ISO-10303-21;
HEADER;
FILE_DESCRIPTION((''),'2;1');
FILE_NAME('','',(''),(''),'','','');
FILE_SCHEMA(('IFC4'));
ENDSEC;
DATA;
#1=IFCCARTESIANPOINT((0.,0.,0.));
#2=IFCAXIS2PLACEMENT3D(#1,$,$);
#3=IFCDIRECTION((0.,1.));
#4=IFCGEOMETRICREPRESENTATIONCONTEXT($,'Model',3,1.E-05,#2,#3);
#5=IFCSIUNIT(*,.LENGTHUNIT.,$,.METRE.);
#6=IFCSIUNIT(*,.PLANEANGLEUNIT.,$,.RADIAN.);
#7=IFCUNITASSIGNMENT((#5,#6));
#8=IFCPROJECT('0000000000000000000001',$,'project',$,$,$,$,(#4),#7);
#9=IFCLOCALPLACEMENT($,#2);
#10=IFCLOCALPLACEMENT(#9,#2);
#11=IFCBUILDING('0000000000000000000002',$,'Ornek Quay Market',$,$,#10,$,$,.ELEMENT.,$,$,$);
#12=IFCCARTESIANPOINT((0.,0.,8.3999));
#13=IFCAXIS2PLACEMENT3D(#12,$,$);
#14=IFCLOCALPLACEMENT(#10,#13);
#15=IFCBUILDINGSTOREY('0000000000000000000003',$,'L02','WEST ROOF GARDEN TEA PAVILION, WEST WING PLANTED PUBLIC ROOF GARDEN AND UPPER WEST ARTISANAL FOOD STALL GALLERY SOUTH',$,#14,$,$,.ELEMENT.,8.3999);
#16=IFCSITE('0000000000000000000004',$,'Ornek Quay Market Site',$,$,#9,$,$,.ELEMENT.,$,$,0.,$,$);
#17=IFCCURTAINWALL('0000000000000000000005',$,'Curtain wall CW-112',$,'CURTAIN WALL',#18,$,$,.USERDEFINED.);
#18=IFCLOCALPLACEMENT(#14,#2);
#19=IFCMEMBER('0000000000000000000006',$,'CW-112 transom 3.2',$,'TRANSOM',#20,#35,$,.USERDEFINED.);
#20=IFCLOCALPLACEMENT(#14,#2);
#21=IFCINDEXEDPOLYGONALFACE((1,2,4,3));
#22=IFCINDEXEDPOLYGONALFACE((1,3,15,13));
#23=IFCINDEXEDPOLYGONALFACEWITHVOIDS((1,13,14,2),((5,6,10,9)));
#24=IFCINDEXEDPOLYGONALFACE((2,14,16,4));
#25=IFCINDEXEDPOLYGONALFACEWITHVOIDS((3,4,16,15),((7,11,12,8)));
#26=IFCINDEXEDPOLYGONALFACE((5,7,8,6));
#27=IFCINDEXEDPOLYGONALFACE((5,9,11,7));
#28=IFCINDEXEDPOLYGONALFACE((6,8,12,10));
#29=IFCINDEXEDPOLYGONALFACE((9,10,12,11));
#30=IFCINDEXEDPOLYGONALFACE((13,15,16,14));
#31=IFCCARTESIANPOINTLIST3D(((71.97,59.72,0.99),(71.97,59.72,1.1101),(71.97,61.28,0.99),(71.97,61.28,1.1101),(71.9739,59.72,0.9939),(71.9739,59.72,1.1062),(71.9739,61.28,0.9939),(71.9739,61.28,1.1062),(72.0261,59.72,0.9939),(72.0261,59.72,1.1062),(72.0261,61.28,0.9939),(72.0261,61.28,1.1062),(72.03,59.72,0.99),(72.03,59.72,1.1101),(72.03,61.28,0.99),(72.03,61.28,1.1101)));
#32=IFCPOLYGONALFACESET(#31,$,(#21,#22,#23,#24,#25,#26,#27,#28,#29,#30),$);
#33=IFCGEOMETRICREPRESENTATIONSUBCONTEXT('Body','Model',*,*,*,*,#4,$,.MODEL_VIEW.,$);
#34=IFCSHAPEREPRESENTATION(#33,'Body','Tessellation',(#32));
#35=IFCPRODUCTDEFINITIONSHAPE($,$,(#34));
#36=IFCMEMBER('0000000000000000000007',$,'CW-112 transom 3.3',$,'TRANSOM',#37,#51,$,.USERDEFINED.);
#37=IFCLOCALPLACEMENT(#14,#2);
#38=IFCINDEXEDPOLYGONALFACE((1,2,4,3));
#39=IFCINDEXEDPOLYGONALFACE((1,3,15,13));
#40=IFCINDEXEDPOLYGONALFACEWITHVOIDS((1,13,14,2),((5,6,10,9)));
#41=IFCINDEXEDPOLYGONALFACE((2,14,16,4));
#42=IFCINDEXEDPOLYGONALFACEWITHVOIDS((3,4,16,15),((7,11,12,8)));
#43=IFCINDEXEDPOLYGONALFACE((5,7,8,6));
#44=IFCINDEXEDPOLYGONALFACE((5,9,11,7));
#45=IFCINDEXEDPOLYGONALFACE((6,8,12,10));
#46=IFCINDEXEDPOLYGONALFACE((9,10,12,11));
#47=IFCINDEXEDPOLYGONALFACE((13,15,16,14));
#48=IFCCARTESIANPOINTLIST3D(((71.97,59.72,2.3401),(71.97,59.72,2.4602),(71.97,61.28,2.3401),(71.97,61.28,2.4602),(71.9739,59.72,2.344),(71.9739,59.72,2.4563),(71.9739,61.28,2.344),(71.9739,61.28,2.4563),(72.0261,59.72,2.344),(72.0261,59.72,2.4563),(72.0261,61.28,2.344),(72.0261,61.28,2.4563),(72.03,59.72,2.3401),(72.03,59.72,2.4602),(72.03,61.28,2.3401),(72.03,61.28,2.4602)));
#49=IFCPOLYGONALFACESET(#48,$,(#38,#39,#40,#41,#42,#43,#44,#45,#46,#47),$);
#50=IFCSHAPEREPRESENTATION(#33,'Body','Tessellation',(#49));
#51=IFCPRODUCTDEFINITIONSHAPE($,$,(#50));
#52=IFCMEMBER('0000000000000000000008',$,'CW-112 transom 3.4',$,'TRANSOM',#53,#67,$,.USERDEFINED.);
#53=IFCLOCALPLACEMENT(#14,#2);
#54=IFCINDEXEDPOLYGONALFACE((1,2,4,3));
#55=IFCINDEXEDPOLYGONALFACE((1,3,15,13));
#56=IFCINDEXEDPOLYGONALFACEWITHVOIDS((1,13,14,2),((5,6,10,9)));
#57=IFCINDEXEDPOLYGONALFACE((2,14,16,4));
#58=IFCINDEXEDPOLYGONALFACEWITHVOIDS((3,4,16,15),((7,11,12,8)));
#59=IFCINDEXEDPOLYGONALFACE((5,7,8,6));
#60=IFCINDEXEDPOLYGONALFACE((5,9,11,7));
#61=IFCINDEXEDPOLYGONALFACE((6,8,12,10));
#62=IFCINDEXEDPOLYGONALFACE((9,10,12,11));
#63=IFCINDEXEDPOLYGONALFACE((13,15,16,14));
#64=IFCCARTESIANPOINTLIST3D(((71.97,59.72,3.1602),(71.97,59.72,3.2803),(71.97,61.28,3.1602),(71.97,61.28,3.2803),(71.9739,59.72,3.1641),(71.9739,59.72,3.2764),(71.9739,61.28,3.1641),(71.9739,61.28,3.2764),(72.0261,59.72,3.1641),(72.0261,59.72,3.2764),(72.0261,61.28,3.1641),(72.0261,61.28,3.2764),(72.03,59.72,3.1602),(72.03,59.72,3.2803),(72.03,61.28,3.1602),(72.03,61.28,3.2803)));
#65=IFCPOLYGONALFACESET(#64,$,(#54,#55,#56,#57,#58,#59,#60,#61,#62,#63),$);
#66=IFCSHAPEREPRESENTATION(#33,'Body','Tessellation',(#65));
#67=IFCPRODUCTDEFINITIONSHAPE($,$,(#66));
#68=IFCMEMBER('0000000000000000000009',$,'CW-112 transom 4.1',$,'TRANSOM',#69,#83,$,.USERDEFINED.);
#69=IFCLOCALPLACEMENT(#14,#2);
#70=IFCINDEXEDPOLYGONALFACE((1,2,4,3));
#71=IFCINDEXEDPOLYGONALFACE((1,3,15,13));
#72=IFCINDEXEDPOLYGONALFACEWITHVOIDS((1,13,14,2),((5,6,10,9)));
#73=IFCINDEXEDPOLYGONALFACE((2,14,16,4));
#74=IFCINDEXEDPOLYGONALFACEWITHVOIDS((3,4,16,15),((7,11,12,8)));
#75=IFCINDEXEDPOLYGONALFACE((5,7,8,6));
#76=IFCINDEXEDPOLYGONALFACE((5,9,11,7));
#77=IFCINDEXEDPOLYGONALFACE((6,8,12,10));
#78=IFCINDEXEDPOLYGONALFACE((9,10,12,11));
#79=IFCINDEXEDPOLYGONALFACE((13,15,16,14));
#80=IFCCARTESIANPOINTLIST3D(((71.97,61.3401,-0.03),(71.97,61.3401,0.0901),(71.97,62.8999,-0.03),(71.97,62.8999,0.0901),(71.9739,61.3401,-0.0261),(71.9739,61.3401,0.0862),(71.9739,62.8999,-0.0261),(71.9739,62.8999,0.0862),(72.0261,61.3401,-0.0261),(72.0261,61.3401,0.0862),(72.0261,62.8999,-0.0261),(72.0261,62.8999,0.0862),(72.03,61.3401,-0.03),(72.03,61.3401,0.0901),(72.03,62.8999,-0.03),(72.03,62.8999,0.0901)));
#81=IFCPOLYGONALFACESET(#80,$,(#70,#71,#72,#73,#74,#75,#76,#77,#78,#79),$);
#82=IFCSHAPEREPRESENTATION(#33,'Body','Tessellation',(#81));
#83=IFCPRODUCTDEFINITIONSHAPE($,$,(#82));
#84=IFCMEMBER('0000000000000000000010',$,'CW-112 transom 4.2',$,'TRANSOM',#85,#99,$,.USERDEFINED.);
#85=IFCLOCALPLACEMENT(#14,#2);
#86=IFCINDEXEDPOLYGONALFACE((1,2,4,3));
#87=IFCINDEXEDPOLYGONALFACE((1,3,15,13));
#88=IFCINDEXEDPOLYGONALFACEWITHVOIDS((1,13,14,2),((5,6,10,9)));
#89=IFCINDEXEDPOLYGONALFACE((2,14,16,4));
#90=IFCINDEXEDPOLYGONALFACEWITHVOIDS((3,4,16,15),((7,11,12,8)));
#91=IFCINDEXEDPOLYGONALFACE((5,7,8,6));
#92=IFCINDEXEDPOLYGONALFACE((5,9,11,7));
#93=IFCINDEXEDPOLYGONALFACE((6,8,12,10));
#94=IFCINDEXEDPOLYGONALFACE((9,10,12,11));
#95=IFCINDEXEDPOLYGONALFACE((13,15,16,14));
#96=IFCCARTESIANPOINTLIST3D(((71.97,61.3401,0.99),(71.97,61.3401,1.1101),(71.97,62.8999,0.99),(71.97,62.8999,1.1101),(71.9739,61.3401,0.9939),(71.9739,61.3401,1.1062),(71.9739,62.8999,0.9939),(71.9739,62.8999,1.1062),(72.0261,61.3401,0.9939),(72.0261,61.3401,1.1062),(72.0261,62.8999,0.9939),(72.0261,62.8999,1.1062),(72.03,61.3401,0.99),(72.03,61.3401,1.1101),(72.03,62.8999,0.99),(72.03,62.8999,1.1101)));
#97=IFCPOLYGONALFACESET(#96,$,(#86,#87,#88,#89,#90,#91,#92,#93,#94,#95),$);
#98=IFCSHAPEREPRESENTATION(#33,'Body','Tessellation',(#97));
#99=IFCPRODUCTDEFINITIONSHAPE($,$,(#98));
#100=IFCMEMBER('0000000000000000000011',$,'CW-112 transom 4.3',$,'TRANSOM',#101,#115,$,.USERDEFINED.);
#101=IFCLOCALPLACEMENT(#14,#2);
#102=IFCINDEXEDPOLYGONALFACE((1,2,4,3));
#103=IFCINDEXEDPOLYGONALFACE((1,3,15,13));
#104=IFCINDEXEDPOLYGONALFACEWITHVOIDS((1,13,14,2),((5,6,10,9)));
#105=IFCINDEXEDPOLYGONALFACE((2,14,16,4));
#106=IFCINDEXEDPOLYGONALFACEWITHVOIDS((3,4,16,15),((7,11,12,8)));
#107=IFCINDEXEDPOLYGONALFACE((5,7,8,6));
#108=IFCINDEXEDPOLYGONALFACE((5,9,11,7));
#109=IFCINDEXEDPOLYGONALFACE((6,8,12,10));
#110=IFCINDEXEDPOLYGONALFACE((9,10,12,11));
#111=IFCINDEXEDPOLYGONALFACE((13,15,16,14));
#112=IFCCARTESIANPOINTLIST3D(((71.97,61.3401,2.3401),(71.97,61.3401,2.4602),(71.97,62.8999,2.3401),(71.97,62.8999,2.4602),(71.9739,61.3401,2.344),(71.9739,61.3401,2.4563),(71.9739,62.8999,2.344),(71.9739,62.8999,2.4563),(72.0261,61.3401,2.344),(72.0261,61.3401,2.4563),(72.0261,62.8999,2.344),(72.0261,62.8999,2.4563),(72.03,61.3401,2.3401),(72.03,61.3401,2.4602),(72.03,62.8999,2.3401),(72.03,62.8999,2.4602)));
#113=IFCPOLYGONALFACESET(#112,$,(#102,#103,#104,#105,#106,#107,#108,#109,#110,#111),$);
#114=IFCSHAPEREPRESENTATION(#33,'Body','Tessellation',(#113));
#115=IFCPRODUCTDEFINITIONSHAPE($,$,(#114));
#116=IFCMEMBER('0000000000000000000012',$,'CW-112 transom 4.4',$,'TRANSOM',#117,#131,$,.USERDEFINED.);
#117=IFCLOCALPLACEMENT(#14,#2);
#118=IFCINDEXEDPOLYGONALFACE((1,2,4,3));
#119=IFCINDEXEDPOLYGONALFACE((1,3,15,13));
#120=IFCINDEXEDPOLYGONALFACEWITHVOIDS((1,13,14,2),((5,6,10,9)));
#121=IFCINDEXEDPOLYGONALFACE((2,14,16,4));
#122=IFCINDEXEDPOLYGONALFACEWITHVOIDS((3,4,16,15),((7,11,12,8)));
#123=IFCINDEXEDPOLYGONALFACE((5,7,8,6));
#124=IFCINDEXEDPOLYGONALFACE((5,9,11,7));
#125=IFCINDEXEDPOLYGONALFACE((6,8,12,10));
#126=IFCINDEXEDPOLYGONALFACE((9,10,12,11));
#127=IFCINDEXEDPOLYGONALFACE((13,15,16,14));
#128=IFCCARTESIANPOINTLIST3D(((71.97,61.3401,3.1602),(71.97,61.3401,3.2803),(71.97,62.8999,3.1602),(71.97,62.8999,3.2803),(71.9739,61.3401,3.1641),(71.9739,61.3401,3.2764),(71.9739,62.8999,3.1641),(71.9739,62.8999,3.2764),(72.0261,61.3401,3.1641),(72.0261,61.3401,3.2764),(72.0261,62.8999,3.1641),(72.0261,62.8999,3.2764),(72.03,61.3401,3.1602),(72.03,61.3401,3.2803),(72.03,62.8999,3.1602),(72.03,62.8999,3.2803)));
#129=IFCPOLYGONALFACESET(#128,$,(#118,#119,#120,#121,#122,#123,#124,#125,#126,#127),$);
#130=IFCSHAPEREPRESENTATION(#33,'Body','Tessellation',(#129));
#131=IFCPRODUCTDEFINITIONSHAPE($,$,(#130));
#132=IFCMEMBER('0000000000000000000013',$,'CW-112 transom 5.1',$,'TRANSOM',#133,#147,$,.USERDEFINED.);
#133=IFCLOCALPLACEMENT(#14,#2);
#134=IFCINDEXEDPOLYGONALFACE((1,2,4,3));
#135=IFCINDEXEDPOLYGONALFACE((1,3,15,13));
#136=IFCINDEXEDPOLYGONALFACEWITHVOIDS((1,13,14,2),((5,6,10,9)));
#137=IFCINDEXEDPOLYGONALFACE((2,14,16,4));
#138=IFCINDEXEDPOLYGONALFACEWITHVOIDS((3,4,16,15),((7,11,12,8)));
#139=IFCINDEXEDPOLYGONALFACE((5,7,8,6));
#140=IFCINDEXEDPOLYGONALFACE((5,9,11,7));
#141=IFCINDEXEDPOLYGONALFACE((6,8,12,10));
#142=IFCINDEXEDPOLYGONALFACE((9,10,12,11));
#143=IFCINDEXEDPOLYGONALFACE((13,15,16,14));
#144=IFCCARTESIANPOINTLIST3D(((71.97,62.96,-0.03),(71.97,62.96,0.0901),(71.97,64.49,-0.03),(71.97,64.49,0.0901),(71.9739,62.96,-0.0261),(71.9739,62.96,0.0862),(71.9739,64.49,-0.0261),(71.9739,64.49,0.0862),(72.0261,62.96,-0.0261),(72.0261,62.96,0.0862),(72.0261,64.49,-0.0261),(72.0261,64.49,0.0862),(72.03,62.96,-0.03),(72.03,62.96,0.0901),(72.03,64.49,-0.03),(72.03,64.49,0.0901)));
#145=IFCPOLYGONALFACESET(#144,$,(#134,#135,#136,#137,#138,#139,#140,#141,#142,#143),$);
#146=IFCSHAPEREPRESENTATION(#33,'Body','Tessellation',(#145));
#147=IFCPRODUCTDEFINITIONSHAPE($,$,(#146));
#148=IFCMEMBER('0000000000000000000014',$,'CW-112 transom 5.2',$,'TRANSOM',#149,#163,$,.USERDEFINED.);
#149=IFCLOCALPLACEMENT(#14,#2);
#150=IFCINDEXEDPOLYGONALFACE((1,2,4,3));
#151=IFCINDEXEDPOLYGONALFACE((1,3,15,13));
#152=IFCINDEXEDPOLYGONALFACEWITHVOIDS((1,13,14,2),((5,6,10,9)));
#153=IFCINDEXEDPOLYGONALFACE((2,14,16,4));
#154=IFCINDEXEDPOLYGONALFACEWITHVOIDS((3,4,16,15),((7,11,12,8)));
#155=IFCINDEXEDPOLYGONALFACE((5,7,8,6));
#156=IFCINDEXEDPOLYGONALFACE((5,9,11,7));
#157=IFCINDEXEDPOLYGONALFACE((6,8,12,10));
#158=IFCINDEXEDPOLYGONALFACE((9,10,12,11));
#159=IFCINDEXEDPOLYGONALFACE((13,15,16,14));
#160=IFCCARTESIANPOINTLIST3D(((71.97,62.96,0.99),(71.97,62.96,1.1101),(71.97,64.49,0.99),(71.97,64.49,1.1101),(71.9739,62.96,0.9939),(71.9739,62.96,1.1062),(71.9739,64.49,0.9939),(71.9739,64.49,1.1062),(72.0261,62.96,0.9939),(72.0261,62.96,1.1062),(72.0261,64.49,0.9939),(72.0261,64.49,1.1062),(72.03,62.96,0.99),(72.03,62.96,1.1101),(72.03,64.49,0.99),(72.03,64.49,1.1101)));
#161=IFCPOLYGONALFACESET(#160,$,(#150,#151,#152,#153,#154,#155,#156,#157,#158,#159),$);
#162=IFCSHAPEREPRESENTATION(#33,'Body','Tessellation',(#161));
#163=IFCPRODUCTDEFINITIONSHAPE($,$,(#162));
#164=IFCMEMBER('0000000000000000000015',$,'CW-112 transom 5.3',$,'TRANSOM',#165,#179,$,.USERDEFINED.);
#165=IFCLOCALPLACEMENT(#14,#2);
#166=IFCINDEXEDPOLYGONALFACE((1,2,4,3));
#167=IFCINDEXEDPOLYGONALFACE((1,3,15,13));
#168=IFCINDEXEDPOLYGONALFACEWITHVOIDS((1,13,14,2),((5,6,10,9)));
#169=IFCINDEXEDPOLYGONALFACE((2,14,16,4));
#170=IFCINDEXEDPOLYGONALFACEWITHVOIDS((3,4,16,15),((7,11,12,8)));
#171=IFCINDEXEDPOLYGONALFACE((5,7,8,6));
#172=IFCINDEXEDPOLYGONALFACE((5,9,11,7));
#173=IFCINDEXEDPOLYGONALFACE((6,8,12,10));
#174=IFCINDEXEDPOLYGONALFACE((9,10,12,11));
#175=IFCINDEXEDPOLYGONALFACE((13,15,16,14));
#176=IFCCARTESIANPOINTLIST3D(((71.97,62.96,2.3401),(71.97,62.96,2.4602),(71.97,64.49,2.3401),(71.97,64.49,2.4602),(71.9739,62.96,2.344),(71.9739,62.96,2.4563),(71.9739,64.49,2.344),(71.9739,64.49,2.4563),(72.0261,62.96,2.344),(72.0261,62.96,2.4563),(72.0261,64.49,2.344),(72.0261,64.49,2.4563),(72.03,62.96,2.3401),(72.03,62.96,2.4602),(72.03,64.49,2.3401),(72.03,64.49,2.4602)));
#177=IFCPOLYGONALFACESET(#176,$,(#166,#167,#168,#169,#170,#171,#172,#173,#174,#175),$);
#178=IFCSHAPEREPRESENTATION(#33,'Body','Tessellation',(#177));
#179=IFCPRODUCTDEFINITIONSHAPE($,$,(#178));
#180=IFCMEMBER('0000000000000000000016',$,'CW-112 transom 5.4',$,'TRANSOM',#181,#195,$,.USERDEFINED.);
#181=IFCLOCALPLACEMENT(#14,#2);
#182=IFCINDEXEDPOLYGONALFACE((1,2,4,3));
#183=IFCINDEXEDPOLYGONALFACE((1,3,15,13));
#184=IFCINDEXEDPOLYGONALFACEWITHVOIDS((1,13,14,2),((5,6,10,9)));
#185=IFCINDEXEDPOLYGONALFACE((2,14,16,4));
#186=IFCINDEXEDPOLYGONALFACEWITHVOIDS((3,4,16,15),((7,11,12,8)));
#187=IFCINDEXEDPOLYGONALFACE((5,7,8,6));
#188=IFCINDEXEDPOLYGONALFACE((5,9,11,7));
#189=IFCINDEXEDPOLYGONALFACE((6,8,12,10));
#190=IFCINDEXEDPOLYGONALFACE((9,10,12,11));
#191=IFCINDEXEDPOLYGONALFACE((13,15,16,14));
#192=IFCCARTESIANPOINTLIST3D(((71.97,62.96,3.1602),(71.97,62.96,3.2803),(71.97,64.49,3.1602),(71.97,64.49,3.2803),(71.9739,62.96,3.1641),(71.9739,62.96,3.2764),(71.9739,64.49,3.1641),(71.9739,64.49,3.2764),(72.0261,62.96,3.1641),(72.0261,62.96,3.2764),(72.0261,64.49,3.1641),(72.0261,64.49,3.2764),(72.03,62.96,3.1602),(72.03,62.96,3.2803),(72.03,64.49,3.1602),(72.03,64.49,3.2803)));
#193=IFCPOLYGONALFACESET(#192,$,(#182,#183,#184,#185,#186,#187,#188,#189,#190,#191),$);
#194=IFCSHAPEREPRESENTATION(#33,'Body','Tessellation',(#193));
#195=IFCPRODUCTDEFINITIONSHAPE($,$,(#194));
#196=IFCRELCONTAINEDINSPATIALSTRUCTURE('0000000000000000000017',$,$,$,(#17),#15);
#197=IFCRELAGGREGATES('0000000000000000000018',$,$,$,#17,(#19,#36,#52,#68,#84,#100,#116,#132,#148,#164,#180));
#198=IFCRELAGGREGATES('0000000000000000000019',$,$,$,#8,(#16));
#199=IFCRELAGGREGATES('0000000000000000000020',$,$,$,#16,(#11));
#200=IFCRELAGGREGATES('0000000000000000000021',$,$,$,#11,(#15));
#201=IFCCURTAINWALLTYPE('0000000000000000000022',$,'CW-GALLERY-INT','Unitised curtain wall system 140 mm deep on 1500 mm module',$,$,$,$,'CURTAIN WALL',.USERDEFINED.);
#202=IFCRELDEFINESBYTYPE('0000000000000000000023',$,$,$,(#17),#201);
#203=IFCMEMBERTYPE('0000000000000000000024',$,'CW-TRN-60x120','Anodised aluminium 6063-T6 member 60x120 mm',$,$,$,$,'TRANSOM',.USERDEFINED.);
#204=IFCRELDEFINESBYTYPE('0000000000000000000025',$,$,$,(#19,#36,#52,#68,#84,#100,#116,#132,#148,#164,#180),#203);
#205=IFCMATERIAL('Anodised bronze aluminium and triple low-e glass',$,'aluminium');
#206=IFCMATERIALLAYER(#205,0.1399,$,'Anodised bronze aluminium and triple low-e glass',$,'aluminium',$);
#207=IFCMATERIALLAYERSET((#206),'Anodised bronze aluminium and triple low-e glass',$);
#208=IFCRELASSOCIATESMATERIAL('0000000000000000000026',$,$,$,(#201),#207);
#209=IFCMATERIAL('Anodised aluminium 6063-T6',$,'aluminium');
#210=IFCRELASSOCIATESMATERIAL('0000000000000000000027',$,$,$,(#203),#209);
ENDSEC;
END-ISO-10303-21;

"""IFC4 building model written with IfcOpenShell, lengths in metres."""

from ifc_helpers import new_model, si_unit, direction, frame, origin, origin_2d, place, context, subcontext, project, spatial, hollow_rectangle, extrude, material, layer, layer_set, material_profile, profile_set, type_object, element, aggregate, save


model = new_model("IFC4")

# Units and contexts
model_context = context("Model", 3, precision=1e-05, world=origin(), true_north=direction((0.0, 1.0)))
body_context = subcontext(model_context, "Body", "Model", "MODEL_VIEW")
ifc_project = project(units=[si_unit("LENGTHUNIT", "METRE"), si_unit("PLANEANGLEUNIT", "RADIAN")], contexts=[model_context])

# Site, building, storey
site_placement = place(None, origin())
site = spatial("IfcSite", under=ifc_project, at=site_placement, Name="Ornek Quay Market Site", CompositionType="ELEMENT", RefElevation=0.0)
building_placement = place(site_placement, origin())
building = spatial("IfcBuilding", under=site, at=building_placement, Name="Ornek Quay Market", CompositionType="ELEMENT")
storey_placement = place(building_placement, frame((0.0, 0.0, 8.3999)))
storey = spatial("IfcBuildingStorey", under=building, at=storey_placement, Name="L02", Description="WEST ROOF GARDEN TEA PAVILION, WEST WING PLANTED PUBLIC ROOF GARDEN AND UPPER WEST ARTISANAL FOOD STALL GALLERY SOUTH", CompositionType="ELEMENT", Elevation=8.3999)

# Curtain wall, members
ifc_material_1 = material(Name="Anodised bronze aluminium and triple low-e glass", Category="aluminium")
ifc_layer_1 = layer(ifc_material_1, 0.1399, Name="Anodised bronze aluminium and triple low-e glass", Category="aluminium")
ifc_layer_set_1 = layer_set([ifc_layer_1], Name="Anodised bronze aluminium and triple low-e glass")
curtain_wall_type = type_object("IfcCurtainWallType", Name="CW-GALLERY-INT", Description="Unitised curtain wall system 140 mm deep on 1500 mm module", ElementType="CURTAIN WALL", PredefinedType="USERDEFINED", material=ifc_layer_set_1)
curtain_wall_placement = place(storey_placement, origin())
curtain_wall = element("IfcCurtainWall", 1, at=curtain_wall_placement, inside=storey, type_object=curtain_wall_type, Name="Curtain wall CW-112", ObjectType="CURTAIN WALL", PredefinedType="USERDEFINED")
ifc_material_2 = material(Name="Anodised aluminium 6063-T6", Category="aluminium")
ifc_material_profile_1 = material_profile(ifc_material_2, hollow_rectangle(XDim=0.0601, YDim=0.1201, WallThickness=0.0039, at=origin_2d()), Name="CW-TRN-60x120", Category="aluminium")
ifc_profile_set_1 = profile_set([ifc_material_profile_1], Name="Anodised aluminium 6063-T6")
member_type_1 = type_object("IfcMemberType", Name="CW-TRN-60x120", Description="Anodised aluminium 6063-T6 member 60x120 mm", ElementType="TRANSOM", PredefinedType="USERDEFINED", material=ifc_profile_set_1)
member_1_placement = place(storey_placement, frame((72.0, 59.72, 1.05), z_axis=(0.0, 1.0, 0.0), x_axis=(-1.0, 0.0, 0.0)))
member_1 = element("IfcMember", 2, at=member_1_placement, type_object=member_type_1, Name="CW-112 transom 3.2", ObjectType="TRANSOM", PredefinedType="USERDEFINED", context=body_context, shape_type="SweptSolid", body=[
    extrude(hollow_rectangle(XDim=0.0601, YDim=0.1201, WallThickness=0.0039, at=origin_2d()), origin(), (0.0, 0.0, 1.0), 1.5601),
])
member_2_placement = place(storey_placement, frame((72.0, 59.72, 2.4001), z_axis=(0.0, 1.0, 0.0), x_axis=(-1.0, 0.0, 0.0)))
member_2 = element("IfcMember", 3, at=member_2_placement, type_object=member_type_1, Name="CW-112 transom 3.3", ObjectType="TRANSOM", PredefinedType="USERDEFINED", context=body_context, shape_type="SweptSolid", body=[
    extrude(hollow_rectangle(XDim=0.0601, YDim=0.1201, WallThickness=0.0039, at=origin_2d()), origin(), (0.0, 0.0, 1.0), 1.5601),
])
member_3_placement = place(storey_placement, frame((72.0, 59.72, 3.2202), z_axis=(0.0, 1.0, 0.0), x_axis=(-1.0, 0.0, 0.0)))
member_3 = element("IfcMember", 4, at=member_3_placement, type_object=member_type_1, Name="CW-112 transom 3.4", ObjectType="TRANSOM", PredefinedType="USERDEFINED", context=body_context, shape_type="SweptSolid", body=[
    extrude(hollow_rectangle(XDim=0.0601, YDim=0.1201, WallThickness=0.0039, at=origin_2d()), origin(), (0.0, 0.0, 1.0), 1.5601),
])
member_4_placement = place(storey_placement, frame((72.0, 61.3401, 0.03), z_axis=(0.0, 1.0, 0.0), x_axis=(-1.0, 0.0, 0.0)))
member_4 = element("IfcMember", 5, at=member_4_placement, type_object=member_type_1, Name="CW-112 transom 4.1", ObjectType="TRANSOM", PredefinedType="USERDEFINED", context=body_context, shape_type="SweptSolid", body=[
    extrude(hollow_rectangle(XDim=0.0601, YDim=0.1201, WallThickness=0.0039, at=origin_2d()), origin(), (0.0, 0.0, 1.0), 1.5598),
])
member_5_placement = place(storey_placement, frame((72.0, 61.3401, 1.05), z_axis=(0.0, 1.0, 0.0), x_axis=(-1.0, 0.0, 0.0)))
member_5 = element("IfcMember", 6, at=member_5_placement, type_object=member_type_1, Name="CW-112 transom 4.2", ObjectType="TRANSOM", PredefinedType="USERDEFINED", context=body_context, shape_type="SweptSolid", body=[
    extrude(hollow_rectangle(XDim=0.0601, YDim=0.1201, WallThickness=0.0039, at=origin_2d()), origin(), (0.0, 0.0, 1.0), 1.5598),
])
member_6_placement = place(storey_placement, frame((72.0, 61.3401, 2.4001), z_axis=(0.0, 1.0, 0.0), x_axis=(-1.0, 0.0, 0.0)))
member_6 = element("IfcMember", 7, at=member_6_placement, type_object=member_type_1, Name="CW-112 transom 4.3", ObjectType="TRANSOM", PredefinedType="USERDEFINED", context=body_context, shape_type="SweptSolid", body=[
    extrude(hollow_rectangle(XDim=0.0601, YDim=0.1201, WallThickness=0.0039, at=origin_2d()), origin(), (0.0, 0.0, 1.0), 1.5598),
])
member_7_placement = place(storey_placement, frame((72.0, 61.3401, 3.2202), z_axis=(0.0, 1.0, 0.0), x_axis=(-1.0, 0.0, 0.0)))
member_7 = element("IfcMember", 8, at=member_7_placement, type_object=member_type_1, Name="CW-112 transom 4.4", ObjectType="TRANSOM", PredefinedType="USERDEFINED", context=body_context, shape_type="SweptSolid", body=[
    extrude(hollow_rectangle(XDim=0.0601, YDim=0.1201, WallThickness=0.0039, at=origin_2d()), origin(), (0.0, 0.0, 1.0), 1.5598),
])
member_8_placement = place(storey_placement, frame((72.0, 62.96, 0.03), z_axis=(0.0, 1.0, 0.0), x_axis=(-1.0, 0.0, 0.0)))
member_8 = element("IfcMember", 9, at=member_8_placement, type_object=member_type_1, Name="CW-112 transom 5.1", ObjectType="TRANSOM", PredefinedType="USERDEFINED", context=body_context, shape_type="SweptSolid", body=[
    extrude(hollow_rectangle(XDim=0.0601, YDim=0.1201, WallThickness=0.0039, at=origin_2d()), origin(), (0.0, 0.0, 1.0), 1.53),
])
member_9_placement = place(storey_placement, frame((72.0, 62.96, 1.05), z_axis=(0.0, 1.0, 0.0), x_axis=(-1.0, 0.0, 0.0)))
member_9 = element("IfcMember", 10, at=member_9_placement, type_object=member_type_1, Name="CW-112 transom 5.2", ObjectType="TRANSOM", PredefinedType="USERDEFINED", context=body_context, shape_type="SweptSolid", body=[
    extrude(hollow_rectangle(XDim=0.0601, YDim=0.1201, WallThickness=0.0039, at=origin_2d()), origin(), (0.0, 0.0, 1.0), 1.53),
])
member_10_placement = place(storey_placement, frame((72.0, 62.96, 2.4001), z_axis=(0.0, 1.0, 0.0), x_axis=(-1.0, 0.0, 0.0)))
member_10 = element("IfcMember", 11, at=member_10_placement, type_object=member_type_1, Name="CW-112 transom 5.3", ObjectType="TRANSOM", PredefinedType="USERDEFINED", context=body_context, shape_type="SweptSolid", body=[
    extrude(hollow_rectangle(XDim=0.0601, YDim=0.1201, WallThickness=0.0039, at=origin_2d()), origin(), (0.0, 0.0, 1.0), 1.53),
])
member_11_placement = place(storey_placement, frame((72.0, 62.96, 3.2202), z_axis=(0.0, 1.0, 0.0), x_axis=(-1.0, 0.0, 0.0)))
member_11 = element("IfcMember", 12, at=member_11_placement, type_object=member_type_1, Name="CW-112 transom 5.4", ObjectType="TRANSOM", PredefinedType="USERDEFINED", context=body_context, shape_type="SweptSolid", body=[
    extrude(hollow_rectangle(XDim=0.0601, YDim=0.1201, WallThickness=0.0039, at=origin_2d()), origin(), (0.0, 0.0, 1.0), 1.53),
])
aggregate(curtain_wall, [member_1, member_2, member_3, member_4, member_5, member_6, member_7, member_8, member_9, member_10, member_11])

save(model, "model.ifc")
